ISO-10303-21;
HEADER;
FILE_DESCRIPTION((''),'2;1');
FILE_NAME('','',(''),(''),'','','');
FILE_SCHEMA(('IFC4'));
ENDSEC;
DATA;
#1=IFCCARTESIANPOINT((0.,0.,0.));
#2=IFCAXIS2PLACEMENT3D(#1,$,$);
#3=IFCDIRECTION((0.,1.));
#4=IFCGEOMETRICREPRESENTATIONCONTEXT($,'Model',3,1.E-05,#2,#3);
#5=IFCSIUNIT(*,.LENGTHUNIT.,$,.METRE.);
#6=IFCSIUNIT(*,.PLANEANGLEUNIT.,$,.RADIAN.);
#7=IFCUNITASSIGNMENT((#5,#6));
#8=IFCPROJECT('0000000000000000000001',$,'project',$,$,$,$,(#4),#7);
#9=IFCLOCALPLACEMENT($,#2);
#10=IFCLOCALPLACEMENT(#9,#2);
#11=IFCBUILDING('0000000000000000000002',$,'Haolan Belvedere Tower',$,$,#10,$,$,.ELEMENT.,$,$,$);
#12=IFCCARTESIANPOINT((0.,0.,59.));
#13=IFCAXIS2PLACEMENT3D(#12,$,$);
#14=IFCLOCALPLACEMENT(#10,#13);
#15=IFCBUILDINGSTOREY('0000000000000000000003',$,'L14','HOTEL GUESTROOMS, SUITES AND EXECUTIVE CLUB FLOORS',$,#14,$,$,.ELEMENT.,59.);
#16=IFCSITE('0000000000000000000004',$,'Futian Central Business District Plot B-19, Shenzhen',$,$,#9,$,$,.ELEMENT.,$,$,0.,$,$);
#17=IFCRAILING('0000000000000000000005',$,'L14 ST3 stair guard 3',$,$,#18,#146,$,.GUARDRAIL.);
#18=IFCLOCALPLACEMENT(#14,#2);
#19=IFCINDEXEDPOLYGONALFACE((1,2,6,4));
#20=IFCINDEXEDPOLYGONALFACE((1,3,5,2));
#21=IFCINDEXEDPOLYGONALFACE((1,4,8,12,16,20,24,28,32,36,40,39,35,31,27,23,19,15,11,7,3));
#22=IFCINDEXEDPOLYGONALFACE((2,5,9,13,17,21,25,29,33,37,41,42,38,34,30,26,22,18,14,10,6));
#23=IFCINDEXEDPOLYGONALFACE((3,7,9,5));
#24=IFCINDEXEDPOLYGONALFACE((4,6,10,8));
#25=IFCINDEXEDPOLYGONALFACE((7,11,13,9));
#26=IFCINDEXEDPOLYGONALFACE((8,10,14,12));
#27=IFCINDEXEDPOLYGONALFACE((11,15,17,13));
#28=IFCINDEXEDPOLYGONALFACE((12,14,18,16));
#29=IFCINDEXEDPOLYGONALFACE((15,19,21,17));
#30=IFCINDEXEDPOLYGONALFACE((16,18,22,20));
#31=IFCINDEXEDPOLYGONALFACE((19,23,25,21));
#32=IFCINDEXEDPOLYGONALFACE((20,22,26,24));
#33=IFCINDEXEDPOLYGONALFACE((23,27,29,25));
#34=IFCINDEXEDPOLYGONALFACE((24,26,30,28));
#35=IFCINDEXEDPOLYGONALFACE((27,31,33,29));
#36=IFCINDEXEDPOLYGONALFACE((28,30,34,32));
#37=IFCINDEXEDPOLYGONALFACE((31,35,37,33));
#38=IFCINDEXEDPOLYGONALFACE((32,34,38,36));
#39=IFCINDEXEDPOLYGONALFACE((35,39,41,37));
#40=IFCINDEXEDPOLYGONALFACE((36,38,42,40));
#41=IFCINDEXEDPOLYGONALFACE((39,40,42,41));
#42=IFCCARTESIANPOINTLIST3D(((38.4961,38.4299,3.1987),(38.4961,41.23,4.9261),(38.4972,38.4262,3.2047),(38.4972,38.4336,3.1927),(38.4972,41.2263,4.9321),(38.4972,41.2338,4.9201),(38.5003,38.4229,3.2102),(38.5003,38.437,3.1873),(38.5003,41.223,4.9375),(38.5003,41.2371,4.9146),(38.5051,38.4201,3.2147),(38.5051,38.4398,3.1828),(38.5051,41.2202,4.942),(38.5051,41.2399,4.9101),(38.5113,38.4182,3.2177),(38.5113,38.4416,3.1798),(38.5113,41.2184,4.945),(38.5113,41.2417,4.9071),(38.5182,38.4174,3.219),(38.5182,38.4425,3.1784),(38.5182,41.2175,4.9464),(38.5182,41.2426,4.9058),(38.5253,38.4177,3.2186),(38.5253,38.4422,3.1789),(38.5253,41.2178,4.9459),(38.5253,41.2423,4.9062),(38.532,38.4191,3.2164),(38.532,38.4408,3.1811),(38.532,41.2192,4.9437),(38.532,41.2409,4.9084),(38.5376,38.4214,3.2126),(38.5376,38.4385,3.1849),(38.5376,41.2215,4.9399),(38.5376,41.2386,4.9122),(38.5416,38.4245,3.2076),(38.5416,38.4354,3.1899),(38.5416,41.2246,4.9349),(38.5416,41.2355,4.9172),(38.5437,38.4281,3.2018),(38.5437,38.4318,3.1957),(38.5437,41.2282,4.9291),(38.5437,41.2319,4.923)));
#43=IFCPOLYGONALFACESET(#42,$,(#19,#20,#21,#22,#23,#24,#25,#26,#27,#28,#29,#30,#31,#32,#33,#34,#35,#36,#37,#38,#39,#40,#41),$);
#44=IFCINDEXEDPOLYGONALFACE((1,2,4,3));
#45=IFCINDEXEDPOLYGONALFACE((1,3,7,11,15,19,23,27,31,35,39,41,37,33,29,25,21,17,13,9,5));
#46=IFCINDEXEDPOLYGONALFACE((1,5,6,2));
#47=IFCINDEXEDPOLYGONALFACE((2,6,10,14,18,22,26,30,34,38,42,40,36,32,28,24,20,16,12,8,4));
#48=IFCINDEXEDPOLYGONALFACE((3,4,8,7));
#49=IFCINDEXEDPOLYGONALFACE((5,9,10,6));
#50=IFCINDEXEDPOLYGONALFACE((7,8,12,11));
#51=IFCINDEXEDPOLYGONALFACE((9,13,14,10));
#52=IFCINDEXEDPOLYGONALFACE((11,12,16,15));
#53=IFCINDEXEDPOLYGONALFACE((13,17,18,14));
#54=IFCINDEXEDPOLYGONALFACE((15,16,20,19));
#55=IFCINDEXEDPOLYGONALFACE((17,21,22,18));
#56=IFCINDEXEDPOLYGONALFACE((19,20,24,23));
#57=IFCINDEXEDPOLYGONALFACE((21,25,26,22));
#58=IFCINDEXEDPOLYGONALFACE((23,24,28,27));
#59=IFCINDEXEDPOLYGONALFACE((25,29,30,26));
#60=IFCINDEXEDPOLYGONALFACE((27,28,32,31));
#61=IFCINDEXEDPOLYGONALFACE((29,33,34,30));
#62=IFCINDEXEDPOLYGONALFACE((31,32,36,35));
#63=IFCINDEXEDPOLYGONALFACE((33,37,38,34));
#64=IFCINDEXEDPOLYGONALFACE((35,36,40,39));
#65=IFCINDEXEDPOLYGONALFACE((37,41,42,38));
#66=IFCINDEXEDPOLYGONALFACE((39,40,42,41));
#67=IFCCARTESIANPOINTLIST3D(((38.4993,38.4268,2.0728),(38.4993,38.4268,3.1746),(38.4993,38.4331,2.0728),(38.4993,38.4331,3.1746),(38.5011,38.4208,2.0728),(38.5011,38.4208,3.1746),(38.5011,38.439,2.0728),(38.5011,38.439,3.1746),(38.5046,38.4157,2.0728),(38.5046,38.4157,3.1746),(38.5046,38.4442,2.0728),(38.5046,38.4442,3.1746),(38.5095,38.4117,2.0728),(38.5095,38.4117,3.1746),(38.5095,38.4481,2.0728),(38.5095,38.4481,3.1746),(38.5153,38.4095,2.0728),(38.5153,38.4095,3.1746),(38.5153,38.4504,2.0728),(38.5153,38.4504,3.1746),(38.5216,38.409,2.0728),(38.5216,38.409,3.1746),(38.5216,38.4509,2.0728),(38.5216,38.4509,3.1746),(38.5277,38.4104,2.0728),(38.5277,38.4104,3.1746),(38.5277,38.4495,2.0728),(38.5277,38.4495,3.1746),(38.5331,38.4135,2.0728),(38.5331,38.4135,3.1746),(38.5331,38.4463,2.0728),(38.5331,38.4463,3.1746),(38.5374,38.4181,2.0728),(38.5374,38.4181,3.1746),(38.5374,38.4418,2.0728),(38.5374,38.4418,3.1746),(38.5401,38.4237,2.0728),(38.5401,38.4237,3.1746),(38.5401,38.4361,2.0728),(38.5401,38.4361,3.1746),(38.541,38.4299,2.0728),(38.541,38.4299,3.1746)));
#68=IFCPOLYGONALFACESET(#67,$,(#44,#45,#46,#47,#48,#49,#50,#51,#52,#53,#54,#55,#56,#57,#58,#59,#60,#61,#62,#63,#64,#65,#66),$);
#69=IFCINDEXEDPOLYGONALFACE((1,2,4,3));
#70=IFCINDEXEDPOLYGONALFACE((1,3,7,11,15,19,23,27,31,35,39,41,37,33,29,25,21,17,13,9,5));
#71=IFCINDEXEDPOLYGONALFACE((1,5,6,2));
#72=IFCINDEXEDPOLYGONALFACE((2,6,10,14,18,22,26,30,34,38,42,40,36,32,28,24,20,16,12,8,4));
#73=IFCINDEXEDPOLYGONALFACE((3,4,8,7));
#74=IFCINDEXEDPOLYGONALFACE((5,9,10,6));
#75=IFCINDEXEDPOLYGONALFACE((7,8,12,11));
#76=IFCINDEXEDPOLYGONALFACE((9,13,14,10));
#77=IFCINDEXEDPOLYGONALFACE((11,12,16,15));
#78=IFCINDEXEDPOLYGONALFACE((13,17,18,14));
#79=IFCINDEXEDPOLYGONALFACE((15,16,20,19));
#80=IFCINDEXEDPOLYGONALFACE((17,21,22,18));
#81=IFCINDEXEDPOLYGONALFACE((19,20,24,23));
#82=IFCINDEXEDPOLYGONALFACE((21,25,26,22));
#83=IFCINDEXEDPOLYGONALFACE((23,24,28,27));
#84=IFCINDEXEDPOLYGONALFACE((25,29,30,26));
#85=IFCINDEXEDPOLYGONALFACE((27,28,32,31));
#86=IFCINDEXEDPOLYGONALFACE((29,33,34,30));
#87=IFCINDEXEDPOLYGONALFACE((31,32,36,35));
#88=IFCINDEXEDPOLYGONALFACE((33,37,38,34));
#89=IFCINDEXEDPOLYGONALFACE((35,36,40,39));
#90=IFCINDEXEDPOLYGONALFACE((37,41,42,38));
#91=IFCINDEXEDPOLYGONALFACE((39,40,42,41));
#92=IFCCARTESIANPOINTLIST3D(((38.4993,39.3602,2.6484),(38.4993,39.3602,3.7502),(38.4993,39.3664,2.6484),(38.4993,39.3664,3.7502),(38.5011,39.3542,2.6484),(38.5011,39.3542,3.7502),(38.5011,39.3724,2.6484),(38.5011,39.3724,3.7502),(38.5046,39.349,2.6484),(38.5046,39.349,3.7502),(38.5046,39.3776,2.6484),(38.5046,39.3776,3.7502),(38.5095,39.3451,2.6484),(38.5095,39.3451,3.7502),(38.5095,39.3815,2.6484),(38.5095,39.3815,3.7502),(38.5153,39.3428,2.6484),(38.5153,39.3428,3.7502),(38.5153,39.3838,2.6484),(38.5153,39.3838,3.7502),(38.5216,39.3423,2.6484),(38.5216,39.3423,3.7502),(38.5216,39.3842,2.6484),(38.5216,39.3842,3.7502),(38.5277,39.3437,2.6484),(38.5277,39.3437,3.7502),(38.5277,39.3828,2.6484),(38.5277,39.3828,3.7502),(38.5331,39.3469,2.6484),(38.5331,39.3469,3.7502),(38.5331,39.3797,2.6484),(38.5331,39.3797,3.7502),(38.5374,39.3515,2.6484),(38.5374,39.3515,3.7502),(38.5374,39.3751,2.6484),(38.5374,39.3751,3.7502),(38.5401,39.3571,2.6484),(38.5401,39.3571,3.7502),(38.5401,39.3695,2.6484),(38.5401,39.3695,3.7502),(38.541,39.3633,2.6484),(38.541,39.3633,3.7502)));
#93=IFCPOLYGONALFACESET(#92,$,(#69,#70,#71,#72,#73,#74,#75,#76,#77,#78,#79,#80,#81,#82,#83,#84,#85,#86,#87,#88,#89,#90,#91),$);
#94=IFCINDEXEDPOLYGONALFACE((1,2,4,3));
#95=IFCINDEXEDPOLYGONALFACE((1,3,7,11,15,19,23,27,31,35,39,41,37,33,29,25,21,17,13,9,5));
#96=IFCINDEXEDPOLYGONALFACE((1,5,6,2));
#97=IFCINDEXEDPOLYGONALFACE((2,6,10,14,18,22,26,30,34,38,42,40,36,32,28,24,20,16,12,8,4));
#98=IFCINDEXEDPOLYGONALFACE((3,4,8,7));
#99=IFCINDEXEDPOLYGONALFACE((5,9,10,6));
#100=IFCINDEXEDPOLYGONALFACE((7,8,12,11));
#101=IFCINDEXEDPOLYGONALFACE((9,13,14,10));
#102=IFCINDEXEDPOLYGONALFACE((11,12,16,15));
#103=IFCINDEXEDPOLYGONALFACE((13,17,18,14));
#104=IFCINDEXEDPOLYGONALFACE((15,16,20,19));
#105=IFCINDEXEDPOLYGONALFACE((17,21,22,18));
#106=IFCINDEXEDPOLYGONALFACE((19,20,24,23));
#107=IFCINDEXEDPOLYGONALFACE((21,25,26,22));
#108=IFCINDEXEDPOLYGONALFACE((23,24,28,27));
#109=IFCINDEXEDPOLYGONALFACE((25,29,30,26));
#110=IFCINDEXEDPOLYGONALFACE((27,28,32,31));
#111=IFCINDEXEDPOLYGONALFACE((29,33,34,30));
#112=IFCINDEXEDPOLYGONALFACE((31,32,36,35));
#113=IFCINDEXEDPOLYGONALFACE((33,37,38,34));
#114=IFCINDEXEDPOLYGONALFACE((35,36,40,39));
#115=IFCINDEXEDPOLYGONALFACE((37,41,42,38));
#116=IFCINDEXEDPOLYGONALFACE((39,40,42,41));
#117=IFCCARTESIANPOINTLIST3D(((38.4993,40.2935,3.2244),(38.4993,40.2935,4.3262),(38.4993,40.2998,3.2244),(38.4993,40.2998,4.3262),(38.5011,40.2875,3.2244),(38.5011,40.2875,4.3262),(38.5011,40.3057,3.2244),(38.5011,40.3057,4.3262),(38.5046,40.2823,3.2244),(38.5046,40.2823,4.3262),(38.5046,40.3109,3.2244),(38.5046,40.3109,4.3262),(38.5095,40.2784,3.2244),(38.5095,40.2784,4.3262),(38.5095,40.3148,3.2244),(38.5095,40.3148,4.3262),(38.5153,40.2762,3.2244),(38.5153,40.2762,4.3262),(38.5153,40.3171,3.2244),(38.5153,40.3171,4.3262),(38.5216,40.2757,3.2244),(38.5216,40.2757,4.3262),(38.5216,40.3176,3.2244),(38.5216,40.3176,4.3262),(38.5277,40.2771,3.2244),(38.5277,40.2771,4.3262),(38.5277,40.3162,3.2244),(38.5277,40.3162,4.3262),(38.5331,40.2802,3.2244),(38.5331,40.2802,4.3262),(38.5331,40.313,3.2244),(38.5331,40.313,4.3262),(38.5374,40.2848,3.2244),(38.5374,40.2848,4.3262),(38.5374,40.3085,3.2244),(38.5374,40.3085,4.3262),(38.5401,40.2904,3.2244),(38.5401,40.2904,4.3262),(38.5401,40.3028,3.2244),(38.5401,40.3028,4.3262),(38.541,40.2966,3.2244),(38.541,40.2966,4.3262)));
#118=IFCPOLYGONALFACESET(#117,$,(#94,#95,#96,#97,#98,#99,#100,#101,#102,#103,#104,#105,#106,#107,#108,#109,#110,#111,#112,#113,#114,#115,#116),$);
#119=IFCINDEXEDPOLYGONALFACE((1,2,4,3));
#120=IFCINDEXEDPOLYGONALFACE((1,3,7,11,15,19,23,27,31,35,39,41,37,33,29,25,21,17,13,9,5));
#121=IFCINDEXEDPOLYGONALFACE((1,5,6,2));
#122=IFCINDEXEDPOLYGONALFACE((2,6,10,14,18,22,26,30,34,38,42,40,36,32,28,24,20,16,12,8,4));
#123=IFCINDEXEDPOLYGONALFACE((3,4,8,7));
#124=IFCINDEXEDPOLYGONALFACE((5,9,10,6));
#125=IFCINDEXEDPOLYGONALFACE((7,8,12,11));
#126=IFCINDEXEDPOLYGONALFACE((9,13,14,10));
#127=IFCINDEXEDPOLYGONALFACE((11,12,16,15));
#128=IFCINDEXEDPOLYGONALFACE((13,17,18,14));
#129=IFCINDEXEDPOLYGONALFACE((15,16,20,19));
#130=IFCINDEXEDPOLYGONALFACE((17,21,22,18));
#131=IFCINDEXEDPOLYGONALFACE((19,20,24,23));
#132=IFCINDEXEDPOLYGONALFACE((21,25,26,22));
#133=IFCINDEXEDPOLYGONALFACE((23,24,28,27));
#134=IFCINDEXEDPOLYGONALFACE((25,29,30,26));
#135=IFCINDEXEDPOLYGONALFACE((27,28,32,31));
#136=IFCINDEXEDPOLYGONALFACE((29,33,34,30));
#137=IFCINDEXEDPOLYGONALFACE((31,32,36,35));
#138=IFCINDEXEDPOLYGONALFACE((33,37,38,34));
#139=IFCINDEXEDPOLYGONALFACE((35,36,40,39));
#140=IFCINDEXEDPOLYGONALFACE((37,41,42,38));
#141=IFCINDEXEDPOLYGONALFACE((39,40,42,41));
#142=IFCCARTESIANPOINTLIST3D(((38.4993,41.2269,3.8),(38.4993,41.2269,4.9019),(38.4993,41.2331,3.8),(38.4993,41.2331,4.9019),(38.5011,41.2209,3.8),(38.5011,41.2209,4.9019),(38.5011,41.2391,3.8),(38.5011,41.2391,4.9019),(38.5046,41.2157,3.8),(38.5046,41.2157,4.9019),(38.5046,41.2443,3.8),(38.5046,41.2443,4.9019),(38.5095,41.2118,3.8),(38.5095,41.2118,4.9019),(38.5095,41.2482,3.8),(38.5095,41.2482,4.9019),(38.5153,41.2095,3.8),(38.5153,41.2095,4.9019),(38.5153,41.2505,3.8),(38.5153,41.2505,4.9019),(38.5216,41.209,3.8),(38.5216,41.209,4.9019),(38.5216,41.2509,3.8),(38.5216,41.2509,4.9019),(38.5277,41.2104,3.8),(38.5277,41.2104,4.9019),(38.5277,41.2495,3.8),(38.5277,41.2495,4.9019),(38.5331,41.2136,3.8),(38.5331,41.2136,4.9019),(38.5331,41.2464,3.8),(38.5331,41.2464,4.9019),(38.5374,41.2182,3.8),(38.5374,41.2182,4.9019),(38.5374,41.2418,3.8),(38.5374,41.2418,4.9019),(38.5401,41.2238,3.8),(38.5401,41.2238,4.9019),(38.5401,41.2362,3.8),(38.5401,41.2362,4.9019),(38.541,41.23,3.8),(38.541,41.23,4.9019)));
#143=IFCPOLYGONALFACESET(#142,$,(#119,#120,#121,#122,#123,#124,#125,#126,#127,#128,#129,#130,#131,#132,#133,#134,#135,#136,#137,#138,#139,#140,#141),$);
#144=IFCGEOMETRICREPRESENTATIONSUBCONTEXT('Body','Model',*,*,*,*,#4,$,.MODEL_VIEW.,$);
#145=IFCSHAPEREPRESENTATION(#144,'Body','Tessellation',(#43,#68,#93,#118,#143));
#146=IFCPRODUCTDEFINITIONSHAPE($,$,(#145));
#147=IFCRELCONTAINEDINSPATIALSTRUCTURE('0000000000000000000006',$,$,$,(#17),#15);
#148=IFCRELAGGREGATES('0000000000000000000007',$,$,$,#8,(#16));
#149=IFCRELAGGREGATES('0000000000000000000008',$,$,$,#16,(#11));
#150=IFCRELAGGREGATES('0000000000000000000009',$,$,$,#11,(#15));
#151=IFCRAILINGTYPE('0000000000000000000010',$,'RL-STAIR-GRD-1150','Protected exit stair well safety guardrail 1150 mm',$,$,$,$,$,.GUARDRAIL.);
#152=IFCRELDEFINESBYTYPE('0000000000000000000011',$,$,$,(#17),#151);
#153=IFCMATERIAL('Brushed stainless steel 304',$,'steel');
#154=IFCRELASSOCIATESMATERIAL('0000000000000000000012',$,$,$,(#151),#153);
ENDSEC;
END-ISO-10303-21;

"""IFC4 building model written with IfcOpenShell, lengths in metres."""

from ifc_helpers import new_model, si_unit, direction, frame, origin, origin_2d, place, context, subcontext, project, spatial, circle, extrude, material, type_object, element, save


model = new_model("IFC4")

# Units and contexts
model_context = context("Model", 3, precision=1e-05, world=origin(), true_north=direction((0.0, 1.0)))
body_context = subcontext(model_context, "Body", "Model", "MODEL_VIEW")
ifc_project = project(units=[si_unit("LENGTHUNIT", "METRE"), si_unit("PLANEANGLEUNIT", "RADIAN")], contexts=[model_context])

# Site, building, storey
site_placement = place(None, origin())
site = spatial("IfcSite", under=ifc_project, at=site_placement, Name="Futian Central Business District Plot B-19, Shenzhen", CompositionType="ELEMENT", RefElevation=0.0)
building_placement = place(site_placement, origin())
building = spatial("IfcBuilding", under=site, at=building_placement, Name="Haolan Belvedere Tower", CompositionType="ELEMENT")
storey_placement = place(building_placement, frame((0.0, 0.0, 59.0)))
storey = spatial("IfcBuildingStorey", under=building, at=storey_placement, Name="L14", Description="HOTEL GUESTROOMS, SUITES AND EXECUTIVE CLUB FLOORS", CompositionType="ELEMENT", Elevation=59.0)

# Railing
ifc_material_1 = material(Name="Brushed stainless steel 304", Category="steel")
railing_type_1 = type_object("IfcRailingType", Name="RL-STAIR-GRD-1150", Description="Protected exit stair well safety guardrail 1150 mm", PredefinedType="GUARDRAIL", material=ifc_material_1)
railing_1_placement = place(storey_placement, frame((38.52, 38.4299, 2.0728)))
element("IfcRailing", 1, at=railing_1_placement, inside=storey, type_object=railing_type_1, Name="L14 ST3 stair guard 3", PredefinedType="GUARDRAIL", context=body_context, shape_type="SweptSolid", body=[
    extrude(circle(Radius=0.0239, at=origin_2d()), frame((0.0, 0.0, 1.126), z_axis=(0.0, 0.85109, 0.52502), x_axis=(-1.0, 0.0, 0.0)), (0.0, 0.0, 1.0), 3.29),
    extrude(circle(Radius=0.021, at=origin_2d()), origin(), (0.0, 0.0, 1.0), 1.1018),
    extrude(circle(Radius=0.021, at=origin_2d()), frame((0.0, 0.9333, 0.5757)), (0.0, 0.0, 1.0), 1.1018),
    extrude(circle(Radius=0.021, at=origin_2d()), frame((0.0, 1.8667, 1.1516)), (0.0, 0.0, 1.0), 1.1018),
    extrude(circle(Radius=0.021, at=origin_2d()), frame((0.0, 2.8, 1.7273)), (0.0, 0.0, 1.0), 1.1018),
])

save(model, "model.ifc")
